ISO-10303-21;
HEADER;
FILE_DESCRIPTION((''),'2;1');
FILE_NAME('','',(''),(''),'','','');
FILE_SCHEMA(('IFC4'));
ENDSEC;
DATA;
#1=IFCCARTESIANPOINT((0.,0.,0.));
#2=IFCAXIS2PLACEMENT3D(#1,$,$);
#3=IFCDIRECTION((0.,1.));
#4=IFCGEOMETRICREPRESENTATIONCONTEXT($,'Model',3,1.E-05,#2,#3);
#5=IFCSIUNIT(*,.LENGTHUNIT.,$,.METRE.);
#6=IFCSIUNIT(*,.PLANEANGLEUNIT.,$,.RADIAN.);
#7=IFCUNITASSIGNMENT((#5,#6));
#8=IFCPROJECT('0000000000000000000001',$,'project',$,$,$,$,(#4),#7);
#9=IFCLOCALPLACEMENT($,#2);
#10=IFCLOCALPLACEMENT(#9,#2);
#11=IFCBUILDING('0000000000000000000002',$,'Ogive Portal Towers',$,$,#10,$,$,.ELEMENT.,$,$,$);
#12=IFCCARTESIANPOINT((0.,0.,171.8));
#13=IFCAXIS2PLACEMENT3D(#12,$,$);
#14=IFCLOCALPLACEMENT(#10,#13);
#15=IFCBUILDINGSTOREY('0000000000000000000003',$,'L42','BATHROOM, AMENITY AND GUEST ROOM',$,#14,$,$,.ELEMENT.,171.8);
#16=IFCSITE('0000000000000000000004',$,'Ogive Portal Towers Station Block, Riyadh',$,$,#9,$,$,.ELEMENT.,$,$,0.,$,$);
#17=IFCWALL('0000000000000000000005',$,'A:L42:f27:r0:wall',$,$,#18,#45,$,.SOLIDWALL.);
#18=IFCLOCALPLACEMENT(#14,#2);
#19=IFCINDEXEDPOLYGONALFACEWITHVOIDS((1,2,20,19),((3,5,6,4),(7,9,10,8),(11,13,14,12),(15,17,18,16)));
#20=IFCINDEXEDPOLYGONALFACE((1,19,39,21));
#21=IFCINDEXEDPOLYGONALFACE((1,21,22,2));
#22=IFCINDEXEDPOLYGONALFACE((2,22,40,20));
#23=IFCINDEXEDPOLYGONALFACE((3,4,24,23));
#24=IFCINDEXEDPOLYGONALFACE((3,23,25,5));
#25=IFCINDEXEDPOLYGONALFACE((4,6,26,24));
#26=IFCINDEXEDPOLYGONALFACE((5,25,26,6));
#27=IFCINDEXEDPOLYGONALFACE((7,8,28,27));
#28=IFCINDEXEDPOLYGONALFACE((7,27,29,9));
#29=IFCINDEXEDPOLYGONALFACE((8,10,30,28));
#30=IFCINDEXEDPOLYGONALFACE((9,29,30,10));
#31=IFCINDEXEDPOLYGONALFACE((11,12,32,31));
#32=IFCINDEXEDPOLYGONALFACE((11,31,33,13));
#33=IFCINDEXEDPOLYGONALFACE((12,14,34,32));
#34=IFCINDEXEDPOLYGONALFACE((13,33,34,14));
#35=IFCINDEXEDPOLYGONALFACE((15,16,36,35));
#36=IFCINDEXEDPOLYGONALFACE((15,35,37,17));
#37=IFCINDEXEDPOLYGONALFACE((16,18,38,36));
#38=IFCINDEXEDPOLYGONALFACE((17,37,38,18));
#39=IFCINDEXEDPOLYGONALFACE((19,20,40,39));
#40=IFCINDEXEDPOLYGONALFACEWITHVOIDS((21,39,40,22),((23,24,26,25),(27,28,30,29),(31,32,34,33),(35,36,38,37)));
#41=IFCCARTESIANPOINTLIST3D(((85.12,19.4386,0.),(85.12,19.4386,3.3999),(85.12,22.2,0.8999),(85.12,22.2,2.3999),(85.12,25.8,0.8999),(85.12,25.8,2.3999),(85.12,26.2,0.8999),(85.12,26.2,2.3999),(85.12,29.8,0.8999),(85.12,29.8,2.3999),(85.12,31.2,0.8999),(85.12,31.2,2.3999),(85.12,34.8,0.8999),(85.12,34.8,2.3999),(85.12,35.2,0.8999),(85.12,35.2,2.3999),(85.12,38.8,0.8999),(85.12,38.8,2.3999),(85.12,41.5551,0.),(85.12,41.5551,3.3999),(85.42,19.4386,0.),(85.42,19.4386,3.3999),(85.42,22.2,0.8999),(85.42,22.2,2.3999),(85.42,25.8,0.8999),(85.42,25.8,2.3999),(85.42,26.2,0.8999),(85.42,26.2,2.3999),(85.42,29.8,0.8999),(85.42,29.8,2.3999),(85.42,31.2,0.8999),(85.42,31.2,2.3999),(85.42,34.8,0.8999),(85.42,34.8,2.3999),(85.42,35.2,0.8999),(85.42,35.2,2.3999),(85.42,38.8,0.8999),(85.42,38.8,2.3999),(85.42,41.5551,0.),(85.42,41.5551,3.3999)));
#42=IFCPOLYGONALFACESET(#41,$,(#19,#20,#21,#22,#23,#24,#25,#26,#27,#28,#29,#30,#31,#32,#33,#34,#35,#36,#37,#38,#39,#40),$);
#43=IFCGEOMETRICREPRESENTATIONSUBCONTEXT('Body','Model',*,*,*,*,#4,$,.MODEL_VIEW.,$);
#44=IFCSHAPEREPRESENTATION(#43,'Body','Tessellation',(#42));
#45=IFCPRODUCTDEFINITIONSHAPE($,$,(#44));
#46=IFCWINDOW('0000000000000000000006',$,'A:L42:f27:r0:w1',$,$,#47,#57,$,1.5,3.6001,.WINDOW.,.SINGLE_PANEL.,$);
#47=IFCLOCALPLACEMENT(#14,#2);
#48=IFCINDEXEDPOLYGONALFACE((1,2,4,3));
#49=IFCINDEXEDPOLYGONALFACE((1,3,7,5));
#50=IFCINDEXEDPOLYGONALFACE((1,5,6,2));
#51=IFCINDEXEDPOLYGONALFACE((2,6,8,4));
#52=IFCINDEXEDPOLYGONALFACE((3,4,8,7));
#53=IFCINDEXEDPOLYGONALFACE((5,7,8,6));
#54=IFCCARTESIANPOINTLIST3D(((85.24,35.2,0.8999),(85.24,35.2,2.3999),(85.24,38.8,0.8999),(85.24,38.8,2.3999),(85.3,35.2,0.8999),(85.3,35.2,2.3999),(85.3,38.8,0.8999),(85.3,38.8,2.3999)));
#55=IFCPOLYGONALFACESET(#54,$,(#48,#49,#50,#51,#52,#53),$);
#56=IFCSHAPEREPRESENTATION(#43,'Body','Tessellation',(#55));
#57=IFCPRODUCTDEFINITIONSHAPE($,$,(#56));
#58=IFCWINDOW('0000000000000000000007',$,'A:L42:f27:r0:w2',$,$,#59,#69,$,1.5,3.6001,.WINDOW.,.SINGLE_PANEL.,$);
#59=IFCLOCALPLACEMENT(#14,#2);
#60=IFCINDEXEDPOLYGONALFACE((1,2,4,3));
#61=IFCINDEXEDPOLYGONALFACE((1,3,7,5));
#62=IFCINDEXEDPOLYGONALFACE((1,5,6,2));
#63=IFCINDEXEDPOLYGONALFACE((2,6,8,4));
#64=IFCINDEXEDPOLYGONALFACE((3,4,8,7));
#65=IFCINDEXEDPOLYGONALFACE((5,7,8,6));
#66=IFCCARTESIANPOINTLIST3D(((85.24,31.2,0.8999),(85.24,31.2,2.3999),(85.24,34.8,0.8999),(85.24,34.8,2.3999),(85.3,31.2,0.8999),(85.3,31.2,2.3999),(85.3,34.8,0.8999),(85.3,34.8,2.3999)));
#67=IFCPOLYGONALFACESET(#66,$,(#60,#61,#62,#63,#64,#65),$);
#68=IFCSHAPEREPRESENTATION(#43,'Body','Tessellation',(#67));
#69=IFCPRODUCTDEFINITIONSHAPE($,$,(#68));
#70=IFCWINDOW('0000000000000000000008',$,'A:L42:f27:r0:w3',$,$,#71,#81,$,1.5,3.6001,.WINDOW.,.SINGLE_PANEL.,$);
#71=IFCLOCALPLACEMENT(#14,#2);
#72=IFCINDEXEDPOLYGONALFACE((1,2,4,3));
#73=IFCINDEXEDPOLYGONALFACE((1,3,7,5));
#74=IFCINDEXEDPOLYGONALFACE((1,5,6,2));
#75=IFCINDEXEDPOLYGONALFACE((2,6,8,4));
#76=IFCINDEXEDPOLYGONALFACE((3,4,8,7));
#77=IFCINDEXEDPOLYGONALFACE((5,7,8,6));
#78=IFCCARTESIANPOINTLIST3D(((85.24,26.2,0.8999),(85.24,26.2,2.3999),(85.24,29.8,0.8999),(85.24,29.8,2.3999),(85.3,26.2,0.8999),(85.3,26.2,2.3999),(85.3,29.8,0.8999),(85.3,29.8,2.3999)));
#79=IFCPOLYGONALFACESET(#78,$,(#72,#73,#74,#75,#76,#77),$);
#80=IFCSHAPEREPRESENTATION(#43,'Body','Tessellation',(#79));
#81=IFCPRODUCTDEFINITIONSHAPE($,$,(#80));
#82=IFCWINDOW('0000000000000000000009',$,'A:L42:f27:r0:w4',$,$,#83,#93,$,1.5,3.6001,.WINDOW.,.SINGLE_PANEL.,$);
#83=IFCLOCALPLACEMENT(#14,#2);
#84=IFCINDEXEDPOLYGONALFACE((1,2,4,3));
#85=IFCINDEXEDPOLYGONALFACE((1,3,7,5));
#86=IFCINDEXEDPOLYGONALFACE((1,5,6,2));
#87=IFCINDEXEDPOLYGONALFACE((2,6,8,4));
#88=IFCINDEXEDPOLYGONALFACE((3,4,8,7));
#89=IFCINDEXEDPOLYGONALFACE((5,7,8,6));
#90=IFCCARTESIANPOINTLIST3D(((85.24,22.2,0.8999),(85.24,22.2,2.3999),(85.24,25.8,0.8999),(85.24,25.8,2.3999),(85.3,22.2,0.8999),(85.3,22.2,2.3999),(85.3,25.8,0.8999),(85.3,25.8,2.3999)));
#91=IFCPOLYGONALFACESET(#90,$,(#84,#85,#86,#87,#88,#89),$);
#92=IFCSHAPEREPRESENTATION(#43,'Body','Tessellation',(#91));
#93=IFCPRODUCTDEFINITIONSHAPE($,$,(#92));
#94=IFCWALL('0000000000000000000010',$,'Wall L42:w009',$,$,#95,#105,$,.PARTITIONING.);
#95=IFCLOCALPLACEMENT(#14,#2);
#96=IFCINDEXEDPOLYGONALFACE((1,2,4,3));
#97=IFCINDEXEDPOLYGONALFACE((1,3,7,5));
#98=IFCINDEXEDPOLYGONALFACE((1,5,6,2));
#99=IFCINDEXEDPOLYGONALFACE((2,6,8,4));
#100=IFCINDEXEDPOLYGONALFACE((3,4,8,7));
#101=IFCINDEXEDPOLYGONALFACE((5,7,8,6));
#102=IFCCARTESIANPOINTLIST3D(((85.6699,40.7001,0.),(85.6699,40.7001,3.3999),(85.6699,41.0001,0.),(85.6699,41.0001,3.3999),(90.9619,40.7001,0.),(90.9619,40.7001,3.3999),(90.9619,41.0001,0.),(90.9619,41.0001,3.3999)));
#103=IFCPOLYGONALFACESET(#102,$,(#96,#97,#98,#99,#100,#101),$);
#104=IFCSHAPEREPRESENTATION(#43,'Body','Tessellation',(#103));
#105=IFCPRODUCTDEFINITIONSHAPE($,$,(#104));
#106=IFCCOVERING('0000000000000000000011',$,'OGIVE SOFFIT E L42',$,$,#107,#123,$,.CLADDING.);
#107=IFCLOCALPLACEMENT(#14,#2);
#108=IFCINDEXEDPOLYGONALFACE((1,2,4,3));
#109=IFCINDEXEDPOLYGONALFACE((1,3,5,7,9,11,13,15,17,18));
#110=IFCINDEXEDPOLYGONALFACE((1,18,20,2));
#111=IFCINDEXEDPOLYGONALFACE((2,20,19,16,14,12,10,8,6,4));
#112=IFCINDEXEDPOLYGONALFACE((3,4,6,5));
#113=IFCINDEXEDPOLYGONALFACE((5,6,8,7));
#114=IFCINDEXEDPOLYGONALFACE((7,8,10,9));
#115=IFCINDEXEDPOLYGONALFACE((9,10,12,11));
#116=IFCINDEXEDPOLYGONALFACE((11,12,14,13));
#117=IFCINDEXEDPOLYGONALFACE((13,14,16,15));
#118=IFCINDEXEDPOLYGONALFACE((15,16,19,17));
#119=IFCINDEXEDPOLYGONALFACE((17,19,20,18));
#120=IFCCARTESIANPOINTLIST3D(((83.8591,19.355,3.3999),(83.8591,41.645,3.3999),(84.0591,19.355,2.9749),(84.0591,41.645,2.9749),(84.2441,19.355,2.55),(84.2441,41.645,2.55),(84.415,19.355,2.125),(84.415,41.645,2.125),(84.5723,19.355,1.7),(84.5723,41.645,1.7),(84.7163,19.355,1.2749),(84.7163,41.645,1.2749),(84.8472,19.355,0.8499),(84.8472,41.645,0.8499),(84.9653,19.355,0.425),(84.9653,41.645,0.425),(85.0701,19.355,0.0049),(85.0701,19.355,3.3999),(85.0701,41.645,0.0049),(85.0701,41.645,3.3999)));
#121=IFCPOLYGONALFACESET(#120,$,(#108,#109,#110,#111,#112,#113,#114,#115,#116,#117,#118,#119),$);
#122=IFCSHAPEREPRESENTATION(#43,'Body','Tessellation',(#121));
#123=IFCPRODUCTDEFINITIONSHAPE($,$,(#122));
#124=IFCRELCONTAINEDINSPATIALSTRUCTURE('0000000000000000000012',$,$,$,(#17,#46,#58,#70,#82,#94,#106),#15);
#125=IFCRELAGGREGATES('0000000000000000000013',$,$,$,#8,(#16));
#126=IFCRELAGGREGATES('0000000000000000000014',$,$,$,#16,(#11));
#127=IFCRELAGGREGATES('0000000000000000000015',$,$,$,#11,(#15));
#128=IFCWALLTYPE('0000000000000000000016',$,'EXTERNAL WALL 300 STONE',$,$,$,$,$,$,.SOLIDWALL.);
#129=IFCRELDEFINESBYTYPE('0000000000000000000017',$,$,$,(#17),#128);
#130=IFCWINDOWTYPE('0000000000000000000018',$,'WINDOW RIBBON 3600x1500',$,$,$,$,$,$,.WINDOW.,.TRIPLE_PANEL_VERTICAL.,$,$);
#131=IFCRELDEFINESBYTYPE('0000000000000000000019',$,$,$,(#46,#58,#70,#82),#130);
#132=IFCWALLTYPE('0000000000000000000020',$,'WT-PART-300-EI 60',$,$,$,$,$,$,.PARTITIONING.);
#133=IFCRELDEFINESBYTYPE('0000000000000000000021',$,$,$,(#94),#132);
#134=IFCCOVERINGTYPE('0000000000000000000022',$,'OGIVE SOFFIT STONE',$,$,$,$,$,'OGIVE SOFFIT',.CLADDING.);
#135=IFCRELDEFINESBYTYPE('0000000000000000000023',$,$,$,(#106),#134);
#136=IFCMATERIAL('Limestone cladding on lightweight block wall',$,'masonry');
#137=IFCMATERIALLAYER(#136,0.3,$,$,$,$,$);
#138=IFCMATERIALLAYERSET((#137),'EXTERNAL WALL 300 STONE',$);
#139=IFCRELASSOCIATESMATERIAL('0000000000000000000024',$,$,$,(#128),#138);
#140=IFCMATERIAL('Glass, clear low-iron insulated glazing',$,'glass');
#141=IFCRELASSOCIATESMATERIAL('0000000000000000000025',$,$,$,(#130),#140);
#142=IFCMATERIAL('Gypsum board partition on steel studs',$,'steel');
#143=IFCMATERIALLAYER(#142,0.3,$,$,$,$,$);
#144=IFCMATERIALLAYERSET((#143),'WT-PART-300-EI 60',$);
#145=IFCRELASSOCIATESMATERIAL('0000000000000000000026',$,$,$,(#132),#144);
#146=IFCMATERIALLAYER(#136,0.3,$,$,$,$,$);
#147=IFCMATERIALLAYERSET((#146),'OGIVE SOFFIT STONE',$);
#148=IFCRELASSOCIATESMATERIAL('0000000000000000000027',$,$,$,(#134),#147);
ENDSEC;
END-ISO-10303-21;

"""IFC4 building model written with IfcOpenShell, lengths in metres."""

from ifc_helpers import new_model, si_unit, direction, frame, frame_2d, origin, place, context, subcontext, project, spatial, polyline, rectangle, outline, extrude, material, layer, layer_set, type_object, element, fill, save


model = new_model("IFC4")

# Units and contexts
model_context = context("Model", 3, precision=1e-05, world=origin(), true_north=direction((0.0, 1.0)))
body_context = subcontext(model_context, "Body", "Model", "MODEL_VIEW")
ifc_project = project(units=[si_unit("LENGTHUNIT", "METRE"), si_unit("PLANEANGLEUNIT", "RADIAN")], contexts=[model_context])

# Site, building, storey
site_placement = place(None, origin())
site = spatial("IfcSite", under=ifc_project, at=site_placement, Name="Ogive Portal Towers Station Block, Riyadh", CompositionType="ELEMENT", RefElevation=0.0)
building_placement = place(site_placement, origin())
building = spatial("IfcBuilding", under=site, at=building_placement, Name="Ogive Portal Towers", CompositionType="ELEMENT")
storey_placement = place(building_placement, frame((0.0, 0.0, 171.8)))
storey = spatial("IfcBuildingStorey", under=building, at=storey_placement, Name="L42", Description="BATHROOM, AMENITY AND GUEST ROOM", CompositionType="ELEMENT", Elevation=171.8)

# Shared definitions
ifc_material_1 = material(Name="Glass, clear low-iron insulated glazing", Category="glass")

# Wall, openings, windows
ifc_material_2 = material(Name="Limestone cladding on lightweight block wall", Category="masonry")
ifc_layer_1 = layer(ifc_material_2, 0.3)
ifc_layer_set_1 = layer_set([ifc_layer_1], Name="EXTERNAL WALL 300 STONE")
wall_type_1 = type_object("IfcWallType", Name="EXTERNAL WALL 300 STONE", PredefinedType="SOLIDWALL", material=ifc_layer_set_1)
wall_1_placement = place(storey_placement, frame((85.27, 41.5549, 0.0), z_axis=(0.0, 0.0, 1.0), x_axis=(0.0, -1.0, 0.0)))
wall_1 = element("IfcWall", 1, at=wall_1_placement, inside=storey, type_object=wall_type_1, Name="A:L42:f27:r0:wall", PredefinedType="SOLIDWALL", context=body_context, shape_type="SweptSolid", body=[
    extrude(rectangle(XDim=22.1165, YDim=0.3, at=frame_2d((11.0581, 0.0))), origin(), (0.0, 0.0, 1.0), 3.3999),
])
opening_1_placement = place(wall_1_placement, frame((2.7549, 0.0, 0.8999)))
opening_1 = element("IfcOpeningElement", 2, at=opening_1_placement, cuts=wall_1, PredefinedType="OPENING", context=body_context, shape_type="SweptSolid", body=[
    extrude(rectangle(XDim=3.6001, YDim=1.5, at=frame_2d((1.8, 0.75))), frame((0.0, 0.1602, 0.0), z_axis=(0.0, -1.0, 0.0), x_axis=(1.0, 0.0, 0.0)), (0.0, 0.0, 1.0), 0.3201),
])
opening_2_placement = place(wall_1_placement, frame((6.7549, 0.0, 0.8999)))
opening_2 = element("IfcOpeningElement", 3, at=opening_2_placement, cuts=wall_1, PredefinedType="OPENING", context=body_context, shape_type="SweptSolid", body=[
    extrude(rectangle(XDim=3.6001, YDim=1.5, at=frame_2d((1.8, 0.75))), frame((0.0, 0.1602, 0.0), z_axis=(0.0, -1.0, 0.0), x_axis=(1.0, 0.0, 0.0)), (0.0, 0.0, 1.0), 0.3201),
])
opening_3_placement = place(wall_1_placement, frame((11.7549, 0.0, 0.8999)))
opening_3 = element("IfcOpeningElement", 4, at=opening_3_placement, cuts=wall_1, PredefinedType="OPENING", context=body_context, shape_type="SweptSolid", body=[
    extrude(rectangle(XDim=3.6001, YDim=1.5, at=frame_2d((1.8, 0.75))), frame((0.0, 0.1602, 0.0), z_axis=(0.0, -1.0, 0.0), x_axis=(1.0, 0.0, 0.0)), (0.0, 0.0, 1.0), 0.3201),
])
opening_4_placement = place(wall_1_placement, frame((15.7549, 0.0, 0.8999)))
opening_4 = element("IfcOpeningElement", 5, at=opening_4_placement, cuts=wall_1, PredefinedType="OPENING", context=body_context, shape_type="SweptSolid", body=[
    extrude(rectangle(XDim=3.6001, YDim=1.5, at=frame_2d((1.8, 0.75))), frame((0.0, 0.1602, 0.0), z_axis=(0.0, -1.0, 0.0), x_axis=(1.0, 0.0, 0.0)), (0.0, 0.0, 1.0), 0.3201),
])
window_type = type_object("IfcWindowType", Name="WINDOW RIBBON 3600x1500", PartitioningType="TRIPLE_PANEL_VERTICAL", PredefinedType="WINDOW", material=ifc_material_1)
window_1_placement = place(opening_1_placement, origin())
window_1 = element("IfcWindow", 6, at=window_1_placement, inside=storey, type_object=window_type, Name="A:L42:f27:r0:w1", OverallHeight=1.5, OverallWidth=3.6001, PartitioningType="SINGLE_PANEL", PredefinedType="WINDOW", context=body_context, shape_type="SweptSolid", body=[
    extrude(rectangle(XDim=3.6001, YDim=1.5, at=frame_2d((1.8, 0.75))), frame((0.0, 0.03, 0.0), z_axis=(0.0, -1.0, 0.0), x_axis=(1.0, 0.0, 0.0)), (0.0, 0.0, 1.0), 0.0601),
])
fill(opening_1, window_1)
window_2_placement = place(opening_2_placement, origin())
window_2 = element("IfcWindow", 7, at=window_2_placement, inside=storey, type_object=window_type, Name="A:L42:f27:r0:w2", OverallHeight=1.5, OverallWidth=3.6001, PartitioningType="SINGLE_PANEL", PredefinedType="WINDOW", context=body_context, shape_type="SweptSolid", body=[
    extrude(rectangle(XDim=3.6001, YDim=1.5, at=frame_2d((1.8, 0.75))), frame((0.0, 0.03, 0.0), z_axis=(0.0, -1.0, 0.0), x_axis=(1.0, 0.0, 0.0)), (0.0, 0.0, 1.0), 0.0601),
])
fill(opening_2, window_2)
window_3_placement = place(opening_3_placement, origin())
window_3 = element("IfcWindow", 8, at=window_3_placement, inside=storey, type_object=window_type, Name="A:L42:f27:r0:w3", OverallHeight=1.5, OverallWidth=3.6001, PartitioningType="SINGLE_PANEL", PredefinedType="WINDOW", context=body_context, shape_type="SweptSolid", body=[
    extrude(rectangle(XDim=3.6001, YDim=1.5, at=frame_2d((1.8, 0.75))), frame((0.0, 0.03, 0.0), z_axis=(0.0, -1.0, 0.0), x_axis=(1.0, 0.0, 0.0)), (0.0, 0.0, 1.0), 0.0601),
])
fill(opening_3, window_3)
window_4_placement = place(opening_4_placement, origin())
window_4 = element("IfcWindow", 9, at=window_4_placement, inside=storey, type_object=window_type, Name="A:L42:f27:r0:w4", OverallHeight=1.5, OverallWidth=3.6001, PartitioningType="SINGLE_PANEL", PredefinedType="WINDOW", context=body_context, shape_type="SweptSolid", body=[
    extrude(rectangle(XDim=3.6001, YDim=1.5, at=frame_2d((1.8, 0.75))), frame((0.0, 0.03, 0.0), z_axis=(0.0, -1.0, 0.0), x_axis=(1.0, 0.0, 0.0)), (0.0, 0.0, 1.0), 0.0601),
])
fill(opening_4, window_4)

# Wall
ifc_material_3 = material(Name="Gypsum board partition on steel studs", Category="steel")
ifc_layer_2 = layer(ifc_material_3, 0.3)
ifc_layer_set_2 = layer_set([ifc_layer_2], Name="WT-PART-300-EI 60")
wall_type_2 = type_object("IfcWallType", Name="WT-PART-300-EI 60", PredefinedType="PARTITIONING", material=ifc_layer_set_2)
wall_2_placement = place(storey_placement, frame((85.6699, 40.8501, 0.0), z_axis=(0.0, 0.0, 1.0), x_axis=(1.0, 0.0, 0.0)))
element("IfcWall", 10, at=wall_2_placement, inside=storey, type_object=wall_type_2, Name="Wall L42:w009", PredefinedType="PARTITIONING", context=body_context, shape_type="SweptSolid", body=[
    extrude(rectangle(XDim=5.292, YDim=0.3, at=frame_2d((2.646, 0.0))), origin(), (0.0, 0.0, 1.0), 3.3999),
])

# Covering
ifc_layer_3 = layer(ifc_material_2, 0.3)
ifc_layer_set_3 = layer_set([ifc_layer_3], Name="OGIVE SOFFIT STONE")
covering_type_1 = type_object("IfcCoveringType", Name="OGIVE SOFFIT STONE", ElementType="OGIVE SOFFIT", PredefinedType="CLADDING", material=ifc_layer_set_3)
covering_1_placement = place(storey_placement, frame((85.0701, 41.645, 0.0), z_axis=(0.0, 1.0, 0.0), x_axis=(1.0, 0.0, 0.0)))
element("IfcCovering", 11, at=covering_1_placement, inside=storey, type_object=covering_type_1, Name="OGIVE SOFFIT E L42", PredefinedType="CLADDING", context=body_context, shape_type="SweptSolid", body=[
    extrude(outline(polyline([(0.0, 0.0), (0.0012, 0.0), (-0.1047, -0.425), (-0.2229, -0.8499), (-0.3538, -1.2749), (-0.4978, -1.7), (-0.655, -2.125), (-0.8259, -2.55), (-1.011, -2.9749), (-1.2109, -3.3999), (0.0, -3.3999), (0.0, 0.0)])), origin(), (0.0, 0.0, -1.0), 22.29),
])

save(model, "model.ifc")
